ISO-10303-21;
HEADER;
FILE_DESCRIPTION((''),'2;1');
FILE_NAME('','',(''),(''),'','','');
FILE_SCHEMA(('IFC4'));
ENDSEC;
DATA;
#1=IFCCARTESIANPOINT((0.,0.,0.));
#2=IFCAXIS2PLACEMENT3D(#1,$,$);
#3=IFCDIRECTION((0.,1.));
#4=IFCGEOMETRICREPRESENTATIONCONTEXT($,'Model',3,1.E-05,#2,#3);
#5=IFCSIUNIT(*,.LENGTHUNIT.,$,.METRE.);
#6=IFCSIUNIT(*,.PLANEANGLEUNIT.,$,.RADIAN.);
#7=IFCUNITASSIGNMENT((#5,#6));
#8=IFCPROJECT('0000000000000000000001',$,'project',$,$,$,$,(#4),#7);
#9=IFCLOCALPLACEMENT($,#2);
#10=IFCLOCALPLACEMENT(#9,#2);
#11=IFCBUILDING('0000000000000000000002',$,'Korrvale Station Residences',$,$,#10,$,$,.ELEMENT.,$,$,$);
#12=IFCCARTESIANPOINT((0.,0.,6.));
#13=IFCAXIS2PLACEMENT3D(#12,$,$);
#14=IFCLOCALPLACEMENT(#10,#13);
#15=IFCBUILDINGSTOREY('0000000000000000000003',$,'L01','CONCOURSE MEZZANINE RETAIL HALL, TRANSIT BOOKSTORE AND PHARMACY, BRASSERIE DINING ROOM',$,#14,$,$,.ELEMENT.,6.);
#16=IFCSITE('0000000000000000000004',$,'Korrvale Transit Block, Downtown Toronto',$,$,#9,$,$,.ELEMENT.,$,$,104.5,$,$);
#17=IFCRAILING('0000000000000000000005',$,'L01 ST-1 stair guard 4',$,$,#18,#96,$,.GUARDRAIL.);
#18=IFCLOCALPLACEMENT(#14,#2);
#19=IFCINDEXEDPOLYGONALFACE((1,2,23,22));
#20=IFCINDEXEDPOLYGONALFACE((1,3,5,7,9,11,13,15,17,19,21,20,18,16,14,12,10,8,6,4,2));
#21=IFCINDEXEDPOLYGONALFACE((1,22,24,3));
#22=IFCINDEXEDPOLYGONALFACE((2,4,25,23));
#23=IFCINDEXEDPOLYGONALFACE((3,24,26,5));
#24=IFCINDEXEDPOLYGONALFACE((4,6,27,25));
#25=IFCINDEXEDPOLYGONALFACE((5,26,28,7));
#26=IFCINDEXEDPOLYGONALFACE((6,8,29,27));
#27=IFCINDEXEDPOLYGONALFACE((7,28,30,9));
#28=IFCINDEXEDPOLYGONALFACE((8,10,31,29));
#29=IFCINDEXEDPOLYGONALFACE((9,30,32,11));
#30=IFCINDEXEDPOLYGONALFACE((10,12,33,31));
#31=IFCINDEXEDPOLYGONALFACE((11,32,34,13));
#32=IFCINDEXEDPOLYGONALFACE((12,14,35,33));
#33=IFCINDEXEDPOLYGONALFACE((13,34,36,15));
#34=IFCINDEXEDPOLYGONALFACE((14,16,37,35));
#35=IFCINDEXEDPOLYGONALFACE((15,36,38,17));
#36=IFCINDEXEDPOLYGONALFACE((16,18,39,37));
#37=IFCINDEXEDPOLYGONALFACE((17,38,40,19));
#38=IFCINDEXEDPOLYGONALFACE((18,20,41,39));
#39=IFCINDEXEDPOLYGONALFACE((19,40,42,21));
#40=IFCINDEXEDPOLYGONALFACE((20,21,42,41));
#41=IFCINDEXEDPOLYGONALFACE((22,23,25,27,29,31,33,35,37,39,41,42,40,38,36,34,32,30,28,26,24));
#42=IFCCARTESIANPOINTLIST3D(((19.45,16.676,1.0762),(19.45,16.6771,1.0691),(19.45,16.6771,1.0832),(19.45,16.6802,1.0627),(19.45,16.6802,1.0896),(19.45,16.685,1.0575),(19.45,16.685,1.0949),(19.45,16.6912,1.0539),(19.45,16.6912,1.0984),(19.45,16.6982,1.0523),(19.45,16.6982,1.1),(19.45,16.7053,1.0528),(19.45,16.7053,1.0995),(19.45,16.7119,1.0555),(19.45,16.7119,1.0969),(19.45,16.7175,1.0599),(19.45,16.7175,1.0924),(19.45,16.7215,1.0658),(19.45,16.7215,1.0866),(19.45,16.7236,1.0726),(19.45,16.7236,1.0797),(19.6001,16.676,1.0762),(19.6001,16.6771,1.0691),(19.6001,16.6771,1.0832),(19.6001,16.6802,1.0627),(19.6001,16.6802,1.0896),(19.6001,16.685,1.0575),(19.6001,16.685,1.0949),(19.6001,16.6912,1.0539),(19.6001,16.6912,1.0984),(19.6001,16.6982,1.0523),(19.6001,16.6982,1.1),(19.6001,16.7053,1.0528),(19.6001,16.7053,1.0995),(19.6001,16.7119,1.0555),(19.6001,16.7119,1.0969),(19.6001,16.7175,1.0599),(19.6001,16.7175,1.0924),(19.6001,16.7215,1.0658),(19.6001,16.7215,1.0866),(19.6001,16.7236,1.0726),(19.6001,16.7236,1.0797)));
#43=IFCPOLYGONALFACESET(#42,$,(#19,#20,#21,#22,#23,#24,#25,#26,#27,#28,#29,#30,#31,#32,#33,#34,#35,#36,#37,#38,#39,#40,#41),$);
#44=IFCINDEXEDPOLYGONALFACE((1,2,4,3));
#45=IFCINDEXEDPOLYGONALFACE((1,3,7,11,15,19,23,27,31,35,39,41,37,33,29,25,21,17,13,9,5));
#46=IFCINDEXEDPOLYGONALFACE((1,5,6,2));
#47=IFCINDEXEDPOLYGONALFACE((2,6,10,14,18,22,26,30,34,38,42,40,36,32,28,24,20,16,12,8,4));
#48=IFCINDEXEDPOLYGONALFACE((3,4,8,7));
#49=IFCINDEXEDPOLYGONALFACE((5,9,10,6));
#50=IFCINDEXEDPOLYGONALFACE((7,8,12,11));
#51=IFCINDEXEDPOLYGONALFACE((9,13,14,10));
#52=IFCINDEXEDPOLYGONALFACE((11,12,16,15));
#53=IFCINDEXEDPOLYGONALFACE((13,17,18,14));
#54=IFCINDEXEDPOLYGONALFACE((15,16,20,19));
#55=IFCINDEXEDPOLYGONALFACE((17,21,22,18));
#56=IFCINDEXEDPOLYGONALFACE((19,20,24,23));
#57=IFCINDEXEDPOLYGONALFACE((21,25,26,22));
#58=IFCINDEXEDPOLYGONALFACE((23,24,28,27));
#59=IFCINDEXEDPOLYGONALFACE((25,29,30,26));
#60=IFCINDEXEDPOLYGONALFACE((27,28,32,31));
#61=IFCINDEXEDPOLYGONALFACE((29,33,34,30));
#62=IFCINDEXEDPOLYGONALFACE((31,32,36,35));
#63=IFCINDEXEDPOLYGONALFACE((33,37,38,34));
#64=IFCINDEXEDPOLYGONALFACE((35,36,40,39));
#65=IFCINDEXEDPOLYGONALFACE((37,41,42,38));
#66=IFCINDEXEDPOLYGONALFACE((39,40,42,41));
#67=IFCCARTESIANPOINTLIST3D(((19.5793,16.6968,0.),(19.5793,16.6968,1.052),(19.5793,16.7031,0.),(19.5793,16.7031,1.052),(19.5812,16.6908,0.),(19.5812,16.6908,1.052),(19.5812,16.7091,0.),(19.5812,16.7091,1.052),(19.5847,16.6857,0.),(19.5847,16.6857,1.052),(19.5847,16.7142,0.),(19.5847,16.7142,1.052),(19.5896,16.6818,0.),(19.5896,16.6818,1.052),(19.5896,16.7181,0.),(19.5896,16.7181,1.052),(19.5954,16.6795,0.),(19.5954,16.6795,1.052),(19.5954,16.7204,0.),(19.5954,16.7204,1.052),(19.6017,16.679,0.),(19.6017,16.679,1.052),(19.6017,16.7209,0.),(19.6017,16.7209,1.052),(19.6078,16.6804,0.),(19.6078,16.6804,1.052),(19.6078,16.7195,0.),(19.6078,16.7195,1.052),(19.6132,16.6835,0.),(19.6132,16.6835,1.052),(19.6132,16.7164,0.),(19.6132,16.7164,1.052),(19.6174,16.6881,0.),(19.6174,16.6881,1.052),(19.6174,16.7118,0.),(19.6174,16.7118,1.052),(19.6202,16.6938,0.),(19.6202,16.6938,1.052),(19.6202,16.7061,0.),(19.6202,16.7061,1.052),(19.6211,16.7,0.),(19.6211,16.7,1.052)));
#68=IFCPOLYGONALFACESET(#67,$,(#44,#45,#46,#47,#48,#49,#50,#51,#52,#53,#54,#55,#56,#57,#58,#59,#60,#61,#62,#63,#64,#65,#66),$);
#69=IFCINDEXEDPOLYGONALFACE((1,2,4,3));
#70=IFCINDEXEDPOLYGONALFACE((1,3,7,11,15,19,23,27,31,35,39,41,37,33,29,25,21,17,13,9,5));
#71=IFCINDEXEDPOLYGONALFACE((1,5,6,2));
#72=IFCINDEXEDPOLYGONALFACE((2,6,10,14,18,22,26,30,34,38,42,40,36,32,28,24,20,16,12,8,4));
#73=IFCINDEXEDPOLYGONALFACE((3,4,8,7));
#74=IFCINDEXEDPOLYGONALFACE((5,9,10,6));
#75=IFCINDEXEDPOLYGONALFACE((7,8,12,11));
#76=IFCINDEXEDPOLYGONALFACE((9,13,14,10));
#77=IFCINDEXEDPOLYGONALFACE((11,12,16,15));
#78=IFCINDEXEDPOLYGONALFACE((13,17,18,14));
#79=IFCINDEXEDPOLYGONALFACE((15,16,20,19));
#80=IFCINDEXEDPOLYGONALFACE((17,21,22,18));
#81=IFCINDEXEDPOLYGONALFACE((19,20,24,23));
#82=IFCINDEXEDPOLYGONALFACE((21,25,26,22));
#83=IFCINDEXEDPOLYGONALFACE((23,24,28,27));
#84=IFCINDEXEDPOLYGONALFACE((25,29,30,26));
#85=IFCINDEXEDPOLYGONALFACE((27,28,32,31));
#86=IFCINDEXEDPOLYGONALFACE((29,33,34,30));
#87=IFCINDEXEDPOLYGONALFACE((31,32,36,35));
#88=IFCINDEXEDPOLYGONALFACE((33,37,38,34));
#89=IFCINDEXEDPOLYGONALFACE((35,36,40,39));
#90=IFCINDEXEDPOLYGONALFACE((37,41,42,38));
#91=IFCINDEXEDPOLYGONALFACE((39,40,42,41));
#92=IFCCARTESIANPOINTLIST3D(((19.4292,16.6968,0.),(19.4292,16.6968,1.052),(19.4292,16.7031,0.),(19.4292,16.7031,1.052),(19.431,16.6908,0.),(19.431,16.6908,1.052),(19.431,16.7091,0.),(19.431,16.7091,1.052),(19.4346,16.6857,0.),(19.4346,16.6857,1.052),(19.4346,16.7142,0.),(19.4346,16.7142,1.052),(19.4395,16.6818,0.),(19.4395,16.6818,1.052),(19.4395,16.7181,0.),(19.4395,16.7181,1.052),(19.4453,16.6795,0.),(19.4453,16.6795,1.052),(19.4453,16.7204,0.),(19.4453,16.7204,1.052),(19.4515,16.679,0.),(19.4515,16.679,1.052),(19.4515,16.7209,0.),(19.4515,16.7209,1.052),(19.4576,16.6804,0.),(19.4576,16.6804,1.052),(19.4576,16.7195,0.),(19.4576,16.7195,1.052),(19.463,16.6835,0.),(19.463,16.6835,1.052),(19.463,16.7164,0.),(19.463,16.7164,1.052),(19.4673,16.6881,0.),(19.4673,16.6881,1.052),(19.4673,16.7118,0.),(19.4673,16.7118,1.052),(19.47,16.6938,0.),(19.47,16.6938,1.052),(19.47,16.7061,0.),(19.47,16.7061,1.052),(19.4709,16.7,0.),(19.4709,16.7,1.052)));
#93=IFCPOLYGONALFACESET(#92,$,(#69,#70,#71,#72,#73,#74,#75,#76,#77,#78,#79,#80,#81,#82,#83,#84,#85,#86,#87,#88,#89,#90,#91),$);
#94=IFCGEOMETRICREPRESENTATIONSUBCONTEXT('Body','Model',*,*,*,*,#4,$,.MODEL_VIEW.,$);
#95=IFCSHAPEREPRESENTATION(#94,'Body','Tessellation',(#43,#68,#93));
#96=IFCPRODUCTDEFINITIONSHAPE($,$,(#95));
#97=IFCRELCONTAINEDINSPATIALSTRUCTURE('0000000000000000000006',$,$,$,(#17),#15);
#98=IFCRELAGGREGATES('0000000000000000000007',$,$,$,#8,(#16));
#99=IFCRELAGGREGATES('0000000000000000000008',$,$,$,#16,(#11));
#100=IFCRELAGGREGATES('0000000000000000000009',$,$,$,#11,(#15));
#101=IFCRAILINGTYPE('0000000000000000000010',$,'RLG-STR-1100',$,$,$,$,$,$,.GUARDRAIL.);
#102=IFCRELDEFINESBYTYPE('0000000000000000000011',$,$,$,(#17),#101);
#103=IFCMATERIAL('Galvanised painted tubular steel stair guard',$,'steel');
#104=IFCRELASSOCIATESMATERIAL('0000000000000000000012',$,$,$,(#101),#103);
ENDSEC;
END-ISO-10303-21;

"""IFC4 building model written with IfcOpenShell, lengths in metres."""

from ifc_helpers import new_model, si_unit, direction, frame, origin, origin_2d, place, context, subcontext, project, spatial, circle, extrude, material, type_object, element, save


model = new_model("IFC4")

# Units and contexts
model_context = context("Model", 3, precision=1e-05, world=origin(), true_north=direction((0.0, 1.0)))
body_context = subcontext(model_context, "Body", "Model", "MODEL_VIEW")
ifc_project = project(units=[si_unit("LENGTHUNIT", "METRE"), si_unit("PLANEANGLEUNIT", "RADIAN")], contexts=[model_context])

# Site, building, storey
site_placement = place(None, origin())
site = spatial("IfcSite", under=ifc_project, at=site_placement, Name="Korrvale Transit Block, Downtown Toronto", CompositionType="ELEMENT", RefElevation=104.5)
building_placement = place(site_placement, origin())
building = spatial("IfcBuilding", under=site, at=building_placement, Name="Korrvale Station Residences", CompositionType="ELEMENT")
storey_placement = place(building_placement, frame((0.0, 0.0, 6.0)))
storey = spatial("IfcBuildingStorey", under=building, at=storey_placement, Name="L01", Description="CONCOURSE MEZZANINE RETAIL HALL, TRANSIT BOOKSTORE AND PHARMACY, BRASSERIE DINING ROOM", CompositionType="ELEMENT", Elevation=6.0)

# Railing
ifc_material_1 = material(Name="Galvanised painted tubular steel stair guard", Category="steel")
railing_type_1 = type_object("IfcRailingType", Name="RLG-STR-1100", PredefinedType="GUARDRAIL", material=ifc_material_1)
railing_1_placement = place(storey_placement, frame((19.6001, 16.7, 0.0)))
element("IfcRailing", 1, at=railing_1_placement, inside=storey, type_object=railing_type_1, Name="L01 ST-1 stair guard 4", PredefinedType="GUARDRAIL", context=body_context, shape_type="SweptSolid", body=[
    extrude(circle(Radius=0.0239, at=origin_2d()), frame((0.0, 0.0, 1.0762), z_axis=(-1.0, 0.0, 0.0), x_axis=(0.0, -1.0, 0.0)), (0.0, 0.0, 1.0), 0.1501),
    extrude(circle(Radius=0.021, at=origin_2d()), origin(), (0.0, 0.0, 1.0), 1.052),
    extrude(circle(Radius=0.021, at=origin_2d()), frame((-0.1501, 0.0, 0.0)), (0.0, 0.0, 1.0), 1.052),
])

save(model, "model.ifc")
